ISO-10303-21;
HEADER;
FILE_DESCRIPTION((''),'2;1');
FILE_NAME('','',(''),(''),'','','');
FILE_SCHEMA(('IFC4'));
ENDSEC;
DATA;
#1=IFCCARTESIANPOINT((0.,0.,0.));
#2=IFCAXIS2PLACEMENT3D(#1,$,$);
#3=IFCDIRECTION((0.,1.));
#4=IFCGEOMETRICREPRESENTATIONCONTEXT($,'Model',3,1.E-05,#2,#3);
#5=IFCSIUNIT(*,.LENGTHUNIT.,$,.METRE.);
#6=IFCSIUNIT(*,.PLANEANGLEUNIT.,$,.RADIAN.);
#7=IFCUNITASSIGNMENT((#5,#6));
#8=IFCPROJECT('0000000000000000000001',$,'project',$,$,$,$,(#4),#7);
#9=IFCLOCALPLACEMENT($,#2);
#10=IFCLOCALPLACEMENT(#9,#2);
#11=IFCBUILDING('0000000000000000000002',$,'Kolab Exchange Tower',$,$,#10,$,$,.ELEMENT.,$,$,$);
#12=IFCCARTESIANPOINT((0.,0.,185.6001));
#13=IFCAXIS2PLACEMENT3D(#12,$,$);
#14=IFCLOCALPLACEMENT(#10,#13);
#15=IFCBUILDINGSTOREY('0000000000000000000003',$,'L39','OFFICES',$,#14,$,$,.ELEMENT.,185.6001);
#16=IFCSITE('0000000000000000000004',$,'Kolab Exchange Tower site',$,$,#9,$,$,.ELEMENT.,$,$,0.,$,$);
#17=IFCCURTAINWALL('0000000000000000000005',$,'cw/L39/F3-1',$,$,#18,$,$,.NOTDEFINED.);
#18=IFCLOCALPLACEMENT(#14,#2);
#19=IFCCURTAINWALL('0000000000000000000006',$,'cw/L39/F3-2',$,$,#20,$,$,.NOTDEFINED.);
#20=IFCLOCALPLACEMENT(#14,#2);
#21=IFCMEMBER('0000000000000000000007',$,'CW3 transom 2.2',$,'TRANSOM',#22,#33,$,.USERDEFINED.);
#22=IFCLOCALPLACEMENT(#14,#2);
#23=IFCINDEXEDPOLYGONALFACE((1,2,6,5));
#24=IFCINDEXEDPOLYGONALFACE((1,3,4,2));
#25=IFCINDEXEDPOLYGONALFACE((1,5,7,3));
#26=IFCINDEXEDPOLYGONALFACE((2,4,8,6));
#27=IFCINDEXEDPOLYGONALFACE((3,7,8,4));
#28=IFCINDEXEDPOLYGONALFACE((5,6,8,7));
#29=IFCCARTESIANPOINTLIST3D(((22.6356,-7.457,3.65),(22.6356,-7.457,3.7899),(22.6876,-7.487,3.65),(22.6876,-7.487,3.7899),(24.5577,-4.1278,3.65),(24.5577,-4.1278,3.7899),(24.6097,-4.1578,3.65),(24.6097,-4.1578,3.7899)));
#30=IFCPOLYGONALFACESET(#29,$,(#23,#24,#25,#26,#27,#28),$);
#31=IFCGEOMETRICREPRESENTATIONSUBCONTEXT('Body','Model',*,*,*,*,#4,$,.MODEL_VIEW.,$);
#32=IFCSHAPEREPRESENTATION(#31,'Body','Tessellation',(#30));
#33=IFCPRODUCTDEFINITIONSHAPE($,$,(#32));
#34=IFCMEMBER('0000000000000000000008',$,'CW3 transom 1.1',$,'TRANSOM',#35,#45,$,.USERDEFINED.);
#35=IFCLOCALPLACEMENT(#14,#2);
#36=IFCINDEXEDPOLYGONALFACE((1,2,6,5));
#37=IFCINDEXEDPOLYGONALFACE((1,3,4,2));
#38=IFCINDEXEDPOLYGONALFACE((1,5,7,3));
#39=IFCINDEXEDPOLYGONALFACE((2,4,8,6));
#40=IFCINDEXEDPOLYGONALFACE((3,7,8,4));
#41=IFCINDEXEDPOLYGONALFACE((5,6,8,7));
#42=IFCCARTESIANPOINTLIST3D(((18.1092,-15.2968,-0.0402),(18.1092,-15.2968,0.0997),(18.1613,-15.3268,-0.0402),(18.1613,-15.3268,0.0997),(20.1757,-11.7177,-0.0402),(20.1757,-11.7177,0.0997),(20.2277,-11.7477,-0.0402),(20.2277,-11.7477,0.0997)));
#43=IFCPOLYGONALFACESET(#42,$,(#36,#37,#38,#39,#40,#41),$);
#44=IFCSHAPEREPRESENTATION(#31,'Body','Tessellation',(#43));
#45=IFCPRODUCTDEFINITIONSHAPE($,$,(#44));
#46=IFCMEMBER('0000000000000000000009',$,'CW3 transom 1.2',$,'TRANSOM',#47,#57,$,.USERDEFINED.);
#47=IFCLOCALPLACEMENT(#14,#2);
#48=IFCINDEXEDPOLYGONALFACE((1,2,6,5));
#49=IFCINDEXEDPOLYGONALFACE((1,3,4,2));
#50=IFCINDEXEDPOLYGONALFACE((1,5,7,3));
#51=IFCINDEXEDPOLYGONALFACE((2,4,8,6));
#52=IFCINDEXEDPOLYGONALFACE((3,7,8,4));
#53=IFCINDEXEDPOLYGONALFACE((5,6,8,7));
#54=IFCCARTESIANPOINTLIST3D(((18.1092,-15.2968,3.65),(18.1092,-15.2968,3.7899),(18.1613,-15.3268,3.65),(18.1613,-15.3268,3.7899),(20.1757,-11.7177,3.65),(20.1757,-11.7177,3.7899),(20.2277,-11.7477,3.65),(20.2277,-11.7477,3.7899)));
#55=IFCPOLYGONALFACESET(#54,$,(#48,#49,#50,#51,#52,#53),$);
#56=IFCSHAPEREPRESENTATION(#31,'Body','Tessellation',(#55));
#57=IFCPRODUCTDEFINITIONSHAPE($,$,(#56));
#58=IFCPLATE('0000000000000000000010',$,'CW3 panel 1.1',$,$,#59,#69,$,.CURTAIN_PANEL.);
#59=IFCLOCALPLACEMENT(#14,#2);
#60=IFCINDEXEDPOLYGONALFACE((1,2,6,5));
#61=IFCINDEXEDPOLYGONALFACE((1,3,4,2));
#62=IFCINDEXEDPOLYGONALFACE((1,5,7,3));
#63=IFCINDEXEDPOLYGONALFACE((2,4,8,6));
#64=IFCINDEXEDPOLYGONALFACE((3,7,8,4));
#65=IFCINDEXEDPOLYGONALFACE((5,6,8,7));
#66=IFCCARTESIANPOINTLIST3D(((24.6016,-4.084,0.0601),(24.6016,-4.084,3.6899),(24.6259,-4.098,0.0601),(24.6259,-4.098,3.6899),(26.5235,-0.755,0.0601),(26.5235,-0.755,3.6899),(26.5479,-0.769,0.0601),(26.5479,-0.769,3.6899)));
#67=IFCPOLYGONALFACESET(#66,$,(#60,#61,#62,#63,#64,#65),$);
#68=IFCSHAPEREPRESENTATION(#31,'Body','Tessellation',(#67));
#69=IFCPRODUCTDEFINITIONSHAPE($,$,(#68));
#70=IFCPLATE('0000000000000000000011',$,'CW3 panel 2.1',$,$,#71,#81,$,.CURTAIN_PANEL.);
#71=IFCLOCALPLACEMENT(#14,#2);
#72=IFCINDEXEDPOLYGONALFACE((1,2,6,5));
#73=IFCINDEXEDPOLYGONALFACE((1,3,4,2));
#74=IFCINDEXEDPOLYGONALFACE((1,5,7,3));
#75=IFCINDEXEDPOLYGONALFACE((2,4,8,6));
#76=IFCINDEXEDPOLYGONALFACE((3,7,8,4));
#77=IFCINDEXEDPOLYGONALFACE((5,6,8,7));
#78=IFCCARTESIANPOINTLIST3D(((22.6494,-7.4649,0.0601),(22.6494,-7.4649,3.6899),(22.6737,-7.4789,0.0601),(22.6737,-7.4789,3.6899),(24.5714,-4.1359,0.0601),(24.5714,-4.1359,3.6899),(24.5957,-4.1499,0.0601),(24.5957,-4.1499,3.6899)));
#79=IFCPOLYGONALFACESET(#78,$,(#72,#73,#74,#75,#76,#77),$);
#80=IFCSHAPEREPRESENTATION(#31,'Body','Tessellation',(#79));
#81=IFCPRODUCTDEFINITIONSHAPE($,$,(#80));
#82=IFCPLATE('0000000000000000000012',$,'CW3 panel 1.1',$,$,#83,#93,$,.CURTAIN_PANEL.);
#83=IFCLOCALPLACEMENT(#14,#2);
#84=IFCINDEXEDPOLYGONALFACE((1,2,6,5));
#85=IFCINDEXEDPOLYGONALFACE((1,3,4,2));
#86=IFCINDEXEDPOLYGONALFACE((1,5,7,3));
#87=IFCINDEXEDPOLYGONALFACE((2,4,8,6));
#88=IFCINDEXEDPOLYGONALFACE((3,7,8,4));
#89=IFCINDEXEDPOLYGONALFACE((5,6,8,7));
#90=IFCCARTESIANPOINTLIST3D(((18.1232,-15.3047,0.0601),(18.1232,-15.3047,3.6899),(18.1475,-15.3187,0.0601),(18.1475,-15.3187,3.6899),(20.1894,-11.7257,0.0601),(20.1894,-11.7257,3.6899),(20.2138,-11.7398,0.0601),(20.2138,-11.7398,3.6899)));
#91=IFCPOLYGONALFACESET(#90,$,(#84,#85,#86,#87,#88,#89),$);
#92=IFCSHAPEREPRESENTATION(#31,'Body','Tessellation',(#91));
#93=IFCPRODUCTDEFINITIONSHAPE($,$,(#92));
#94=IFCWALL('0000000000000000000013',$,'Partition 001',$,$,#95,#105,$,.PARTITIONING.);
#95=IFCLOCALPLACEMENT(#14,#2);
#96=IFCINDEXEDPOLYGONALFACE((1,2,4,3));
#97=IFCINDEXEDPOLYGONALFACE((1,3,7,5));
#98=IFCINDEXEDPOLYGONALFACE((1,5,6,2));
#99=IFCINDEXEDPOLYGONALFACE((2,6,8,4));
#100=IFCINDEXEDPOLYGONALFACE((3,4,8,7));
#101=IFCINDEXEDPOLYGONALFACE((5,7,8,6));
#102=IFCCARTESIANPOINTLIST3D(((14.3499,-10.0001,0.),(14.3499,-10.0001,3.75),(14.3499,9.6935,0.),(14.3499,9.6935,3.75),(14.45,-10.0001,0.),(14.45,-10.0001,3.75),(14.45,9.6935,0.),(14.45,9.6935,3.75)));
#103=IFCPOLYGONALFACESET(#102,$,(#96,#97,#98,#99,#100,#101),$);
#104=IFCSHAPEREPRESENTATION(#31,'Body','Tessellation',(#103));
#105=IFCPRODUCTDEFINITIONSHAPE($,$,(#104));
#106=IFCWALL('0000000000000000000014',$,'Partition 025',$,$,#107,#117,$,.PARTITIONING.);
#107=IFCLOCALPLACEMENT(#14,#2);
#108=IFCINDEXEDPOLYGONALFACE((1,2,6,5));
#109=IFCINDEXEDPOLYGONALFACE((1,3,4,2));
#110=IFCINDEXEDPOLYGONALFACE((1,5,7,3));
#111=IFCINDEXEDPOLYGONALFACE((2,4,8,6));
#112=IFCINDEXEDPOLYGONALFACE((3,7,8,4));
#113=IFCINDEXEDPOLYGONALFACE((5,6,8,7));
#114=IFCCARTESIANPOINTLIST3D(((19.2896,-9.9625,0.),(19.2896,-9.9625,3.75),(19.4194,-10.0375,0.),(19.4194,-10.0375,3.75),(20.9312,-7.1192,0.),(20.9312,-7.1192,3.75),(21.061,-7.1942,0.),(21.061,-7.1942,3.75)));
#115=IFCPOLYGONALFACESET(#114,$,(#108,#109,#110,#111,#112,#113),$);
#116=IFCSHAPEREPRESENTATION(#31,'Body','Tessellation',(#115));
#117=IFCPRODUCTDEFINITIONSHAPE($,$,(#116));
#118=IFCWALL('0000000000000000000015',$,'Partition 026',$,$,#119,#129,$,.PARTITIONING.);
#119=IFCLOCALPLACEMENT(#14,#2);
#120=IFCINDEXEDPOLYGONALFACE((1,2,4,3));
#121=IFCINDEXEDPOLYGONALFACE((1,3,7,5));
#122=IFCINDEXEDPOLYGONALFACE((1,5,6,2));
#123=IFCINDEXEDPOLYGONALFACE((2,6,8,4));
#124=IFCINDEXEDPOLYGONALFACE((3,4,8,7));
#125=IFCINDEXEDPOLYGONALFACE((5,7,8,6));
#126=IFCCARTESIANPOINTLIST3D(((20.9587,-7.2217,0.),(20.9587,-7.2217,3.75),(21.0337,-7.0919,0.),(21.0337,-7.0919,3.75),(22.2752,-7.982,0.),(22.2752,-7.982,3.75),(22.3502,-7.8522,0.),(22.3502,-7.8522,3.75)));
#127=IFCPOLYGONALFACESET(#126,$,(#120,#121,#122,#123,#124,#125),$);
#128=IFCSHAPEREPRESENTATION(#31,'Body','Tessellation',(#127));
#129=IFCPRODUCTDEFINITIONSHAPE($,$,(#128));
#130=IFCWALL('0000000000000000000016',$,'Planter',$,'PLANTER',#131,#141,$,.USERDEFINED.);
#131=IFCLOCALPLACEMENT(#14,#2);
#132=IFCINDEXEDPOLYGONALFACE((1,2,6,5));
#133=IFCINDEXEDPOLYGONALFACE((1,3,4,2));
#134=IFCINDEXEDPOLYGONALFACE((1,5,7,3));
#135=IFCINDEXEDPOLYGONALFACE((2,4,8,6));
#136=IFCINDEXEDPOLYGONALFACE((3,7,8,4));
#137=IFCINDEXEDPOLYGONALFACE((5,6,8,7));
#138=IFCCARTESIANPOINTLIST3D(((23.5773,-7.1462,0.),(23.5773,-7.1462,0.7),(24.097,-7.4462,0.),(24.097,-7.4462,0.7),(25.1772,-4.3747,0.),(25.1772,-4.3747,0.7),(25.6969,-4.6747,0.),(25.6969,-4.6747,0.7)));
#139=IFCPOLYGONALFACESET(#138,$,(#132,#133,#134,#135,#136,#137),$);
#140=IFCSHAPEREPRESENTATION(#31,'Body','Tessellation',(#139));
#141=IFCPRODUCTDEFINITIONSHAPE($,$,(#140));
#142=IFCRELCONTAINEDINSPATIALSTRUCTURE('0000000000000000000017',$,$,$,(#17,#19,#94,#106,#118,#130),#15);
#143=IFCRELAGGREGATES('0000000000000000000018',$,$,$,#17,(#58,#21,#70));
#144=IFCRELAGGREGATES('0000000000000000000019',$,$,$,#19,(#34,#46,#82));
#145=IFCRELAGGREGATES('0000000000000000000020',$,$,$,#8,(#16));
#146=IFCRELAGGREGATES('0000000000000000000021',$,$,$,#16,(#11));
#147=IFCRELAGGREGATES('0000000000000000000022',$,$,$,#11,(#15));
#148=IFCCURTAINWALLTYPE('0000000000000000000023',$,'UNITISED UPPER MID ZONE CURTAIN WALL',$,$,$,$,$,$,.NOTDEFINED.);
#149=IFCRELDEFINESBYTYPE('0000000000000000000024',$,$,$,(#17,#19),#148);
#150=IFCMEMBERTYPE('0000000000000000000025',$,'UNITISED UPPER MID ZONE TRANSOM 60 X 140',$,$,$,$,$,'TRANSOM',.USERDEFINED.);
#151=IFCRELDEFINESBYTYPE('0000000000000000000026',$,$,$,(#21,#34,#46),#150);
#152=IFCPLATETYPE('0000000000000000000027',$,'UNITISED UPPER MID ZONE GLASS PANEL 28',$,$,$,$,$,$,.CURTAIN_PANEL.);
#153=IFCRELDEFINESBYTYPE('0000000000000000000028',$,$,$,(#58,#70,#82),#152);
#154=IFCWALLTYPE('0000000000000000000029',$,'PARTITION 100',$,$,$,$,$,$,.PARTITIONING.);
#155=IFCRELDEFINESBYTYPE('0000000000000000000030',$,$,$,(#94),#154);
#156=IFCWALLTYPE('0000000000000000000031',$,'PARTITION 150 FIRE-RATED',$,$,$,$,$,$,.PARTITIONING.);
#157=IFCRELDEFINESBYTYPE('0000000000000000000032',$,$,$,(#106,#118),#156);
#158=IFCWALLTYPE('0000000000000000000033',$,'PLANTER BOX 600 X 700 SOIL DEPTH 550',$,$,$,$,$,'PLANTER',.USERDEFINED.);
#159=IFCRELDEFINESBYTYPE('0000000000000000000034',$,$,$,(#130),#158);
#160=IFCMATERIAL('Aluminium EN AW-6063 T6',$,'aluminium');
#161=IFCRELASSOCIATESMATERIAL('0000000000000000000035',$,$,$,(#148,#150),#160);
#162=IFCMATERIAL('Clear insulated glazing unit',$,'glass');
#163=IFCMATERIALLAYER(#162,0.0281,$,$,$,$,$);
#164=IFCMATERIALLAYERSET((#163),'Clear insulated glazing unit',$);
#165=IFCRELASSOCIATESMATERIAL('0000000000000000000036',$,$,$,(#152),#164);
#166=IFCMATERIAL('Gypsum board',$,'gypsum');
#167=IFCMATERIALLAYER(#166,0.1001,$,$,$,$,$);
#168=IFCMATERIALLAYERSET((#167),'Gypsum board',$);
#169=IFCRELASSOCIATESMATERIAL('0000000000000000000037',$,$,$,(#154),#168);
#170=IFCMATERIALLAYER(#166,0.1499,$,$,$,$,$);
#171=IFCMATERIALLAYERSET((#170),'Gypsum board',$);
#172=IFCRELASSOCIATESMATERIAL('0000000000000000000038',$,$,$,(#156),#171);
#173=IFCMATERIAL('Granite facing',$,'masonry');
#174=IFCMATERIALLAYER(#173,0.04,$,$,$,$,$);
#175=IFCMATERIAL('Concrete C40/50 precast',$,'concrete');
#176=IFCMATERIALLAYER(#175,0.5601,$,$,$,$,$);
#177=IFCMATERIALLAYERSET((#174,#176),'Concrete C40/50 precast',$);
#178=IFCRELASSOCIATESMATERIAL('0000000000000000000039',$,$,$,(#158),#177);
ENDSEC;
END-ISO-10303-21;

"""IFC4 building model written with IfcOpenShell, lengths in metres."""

from ifc_helpers import new_model, si_unit, direction, frame, frame_2d, origin, origin_2d, place, context, subcontext, project, spatial, rectangle, extrude, material, layer, layer_set, material_profile, profile_set, type_object, element, aggregate, save


model = new_model("IFC4")

# Units and contexts
model_context = context("Model", 3, precision=1e-05, world=origin(), true_north=direction((0.0, 1.0)))
body_context = subcontext(model_context, "Body", "Model", "MODEL_VIEW")
ifc_project = project(units=[si_unit("LENGTHUNIT", "METRE"), si_unit("PLANEANGLEUNIT", "RADIAN")], contexts=[model_context])

# Site, building, storey
site_placement = place(None, origin())
site = spatial("IfcSite", under=ifc_project, at=site_placement, Name="Kolab Exchange Tower site", CompositionType="ELEMENT", RefElevation=0.0)
building_placement = place(site_placement, origin())
building = spatial("IfcBuilding", under=site, at=building_placement, Name="Kolab Exchange Tower", CompositionType="ELEMENT")
storey_placement = place(building_placement, frame((0.0, 0.0, 185.6001)))
storey = spatial("IfcBuildingStorey", under=building, at=storey_placement, Name="L39", Description="OFFICES", CompositionType="ELEMENT", Elevation=185.6001)

# Curtain wall
ifc_material_1 = material(Name="Aluminium EN AW-6063 T6", Category="aluminium")
curtain_wall_type = type_object("IfcCurtainWallType", Name="UNITISED UPPER MID ZONE CURTAIN WALL", PredefinedType="NOTDEFINED", material=ifc_material_1)
curtain_wall_1_placement = place(storey_placement, origin())
curtain_wall_1 = element("IfcCurtainWall", 1, at=curtain_wall_1_placement, inside=storey, type_object=curtain_wall_type, Name="cw/L39/F3-1", PredefinedType="NOTDEFINED")

# Curtain wall
curtain_wall_2_placement = place(storey_placement, origin())
curtain_wall_2 = element("IfcCurtainWall", 2, at=curtain_wall_2_placement, inside=storey, type_object=curtain_wall_type, Name="cw/L39/F3-2", PredefinedType="NOTDEFINED")

# Members
ifc_material_profile_1 = material_profile(ifc_material_1, rectangle(XDim=0.0601, YDim=0.1399, at=origin_2d()), Name="RECT 60X140")
ifc_profile_set_1 = profile_set([ifc_material_profile_1], Name="Aluminium EN AW-6063 T6")
member_type_1 = type_object("IfcMemberType", Name="UNITISED UPPER MID ZONE TRANSOM 60 X 140", ElementType="TRANSOM", PredefinedType="USERDEFINED", material=ifc_profile_set_1)
member_1_placement = place(storey_placement, frame((24.5837, -4.1428, 3.72), z_axis=(-0.500012, -0.866018, 0.0), x_axis=(0.866018, -0.500012, 0.0)))
member_1 = element("IfcMember", 3, at=member_1_placement, type_object=member_type_1, Name="CW3 transom 2.2", ObjectType="TRANSOM", PredefinedType="USERDEFINED", context=body_context, shape_type="SweptSolid", body=[
    extrude(rectangle(XDim=0.0601, YDim=0.1399, at=origin_2d()), origin(), (0.0, 0.0, 1.0), 3.8442),
])
member_2_placement = place(storey_placement, frame((20.2017, -11.7327, 0.0298), z_axis=(-0.500002, -0.866024, 0.0), x_axis=(0.866024, -0.500002, 0.0)))
member_2 = element("IfcMember", 4, at=member_2_placement, type_object=member_type_1, Name="CW3 transom 1.1", ObjectType="TRANSOM", PredefinedType="USERDEFINED", context=body_context, shape_type="SweptSolid", body=[
    extrude(rectangle(XDim=0.0601, YDim=0.1399, at=origin_2d()), origin(), (0.0, 0.0, 1.0), 4.1328),
])
member_3_placement = place(storey_placement, frame((20.2017, -11.7327, 3.72), z_axis=(-0.500002, -0.866024, 0.0), x_axis=(0.866024, -0.500002, 0.0)))
member_3 = element("IfcMember", 5, at=member_3_placement, type_object=member_type_1, Name="CW3 transom 1.2", ObjectType="TRANSOM", PredefinedType="USERDEFINED", context=body_context, shape_type="SweptSolid", body=[
    extrude(rectangle(XDim=0.0601, YDim=0.1399, at=origin_2d()), origin(), (0.0, 0.0, 1.0), 4.1328),
])

# Plates
ifc_material_2 = material(Name="Clear insulated glazing unit", Category="glass")
ifc_layer_1 = layer(ifc_material_2, 0.0281)
ifc_layer_set_1 = layer_set([ifc_layer_1], Name="Clear insulated glazing unit")
plate_type = type_object("IfcPlateType", Name="UNITISED UPPER MID ZONE GLASS PANEL 28", PredefinedType="CURTAIN_PANEL", material=ifc_layer_set_1)
plate_1_placement = place(storey_placement, frame((25.5747, -2.4265, 0.0601), z_axis=(0.0, 0.0, 1.0), x_axis=(-0.5, -0.866025, 0.0)))
plate_1 = element("IfcPlate", 6, at=plate_1_placement, type_object=plate_type, Name="CW3 panel 1.1", PredefinedType="CURTAIN_PANEL", context=body_context, shape_type="SweptSolid", body=[
    extrude(rectangle(XDim=3.844, YDim=0.0281, at=origin_2d()), origin(), (0.0, 0.0, 1.0), 3.6299),
])
plate_2_placement = place(storey_placement, frame((23.6226, -5.8074, 0.0601), z_axis=(0.0, 0.0, 1.0), x_axis=(-0.5, -0.866025, 0.0)))
plate_2 = element("IfcPlate", 7, at=plate_2_placement, type_object=plate_type, Name="CW3 panel 2.1", PredefinedType="CURTAIN_PANEL", context=body_context, shape_type="SweptSolid", body=[
    extrude(rectangle(XDim=3.844, YDim=0.0281, at=origin_2d()), origin(), (0.0, 0.0, 1.0), 3.6299),
])
aggregate(curtain_wall_1, [plate_1, member_1, plate_2])
plate_3_placement = place(storey_placement, frame((19.1685, -13.5222, 0.0601), z_axis=(0.0, 0.0, 1.0), x_axis=(-0.5, -0.866025, 0.0)))
plate_3 = element("IfcPlate", 8, at=plate_3_placement, type_object=plate_type, Name="CW3 panel 1.1", PredefinedType="CURTAIN_PANEL", context=body_context, shape_type="SweptSolid", body=[
    extrude(rectangle(XDim=4.1326, YDim=0.0281, at=origin_2d()), origin(), (0.0, 0.0, 1.0), 3.6299),
])
aggregate(curtain_wall_2, [member_2, member_3, plate_3])

# Walls
ifc_material_3 = material(Name="Gypsum board", Category="gypsum")
ifc_layer_2 = layer(ifc_material_3, 0.1001)
ifc_layer_set_2 = layer_set([ifc_layer_2], Name="Gypsum board")
wall_type_1 = type_object("IfcWallType", Name="PARTITION 100", PredefinedType="PARTITIONING", material=ifc_layer_set_2)
wall_1_placement = place(storey_placement, frame((14.3999, -10.0, 0.0), z_axis=(0.0, 0.0, 1.0), x_axis=(0.0, 1.0, 0.0)))
element("IfcWall", 9, at=wall_1_placement, inside=storey, type_object=wall_type_1, Name="Partition 001", PredefinedType="PARTITIONING", context=body_context, shape_type="SweptSolid", body=[
    extrude(rectangle(XDim=19.6936, YDim=0.1001, at=frame_2d((9.8467, 0.0))), origin(), (0.0, 0.0, 1.0), 3.75),
])
ifc_layer_3 = layer(ifc_material_3, 0.1499)
ifc_layer_set_3 = layer_set([ifc_layer_3], Name="Gypsum board")
wall_type_2 = type_object("IfcWallType", Name="PARTITION 150 FIRE-RATED", PredefinedType="PARTITIONING", material=ifc_layer_set_3)
wall_2_placement = place(storey_placement, frame((19.3545, -10.0, 0.0), z_axis=(0.0, 0.0, 1.0), x_axis=(0.50001, 0.86602, 0.0)))
element("IfcWall", 10, at=wall_2_placement, inside=storey, type_object=wall_type_2, Name="Partition 025", PredefinedType="PARTITIONING", context=body_context, shape_type="SweptSolid", body=[
    extrude(rectangle(XDim=3.2832, YDim=0.1499, at=frame_2d((1.6416, 0.0))), origin(), (0.0, 0.0, 1.0), 3.75),
])
wall_3_placement = place(storey_placement, frame((20.9961, -7.1567, 0.0), z_axis=(0.0, 0.0, 1.0), x_axis=(0.865961, -0.500112, 0.0)))
element("IfcWall", 11, at=wall_3_placement, inside=storey, type_object=wall_type_2, Name="Partition 026", PredefinedType="PARTITIONING", context=body_context, shape_type="SweptSolid", body=[
    extrude(rectangle(XDim=1.5203, YDim=0.1499, at=frame_2d((0.7603, 0.0))), origin(), (0.0, 0.0, 1.0), 3.75),
])
ifc_material_4 = material(Name="Granite facing", Category="masonry")
ifc_layer_4 = layer(ifc_material_4, 0.04)
ifc_material_5 = material(Name="Concrete C40/50 precast", Category="concrete")
ifc_layer_5 = layer(ifc_material_5, 0.5601)
ifc_layer_set_4 = layer_set([ifc_layer_4, ifc_layer_5], Name="Concrete C40/50 precast")
wall_type_3 = type_object("IfcWallType", Name="PLANTER BOX 600 X 700 SOIL DEPTH 550", ElementType="PLANTER", PredefinedType="USERDEFINED", material=ifc_layer_set_4)
wall_4_placement = place(storey_placement, frame((25.437, -4.5247, 0.0), z_axis=(0.0, 0.0, 1.0), x_axis=(-0.499938, -0.866061, 0.0)))
element("IfcWall", 12, at=wall_4_placement, inside=storey, type_object=wall_type_3, Name="Planter", ObjectType="PLANTER", PredefinedType="USERDEFINED", context=body_context, shape_type="SweptSolid", body=[
    extrude(rectangle(XDim=3.2002, YDim=0.6001, at=frame_2d((1.6001, 0.0))), origin(), (0.0, 0.0, 1.0), 0.7),
])

save(model, "model.ifc")
